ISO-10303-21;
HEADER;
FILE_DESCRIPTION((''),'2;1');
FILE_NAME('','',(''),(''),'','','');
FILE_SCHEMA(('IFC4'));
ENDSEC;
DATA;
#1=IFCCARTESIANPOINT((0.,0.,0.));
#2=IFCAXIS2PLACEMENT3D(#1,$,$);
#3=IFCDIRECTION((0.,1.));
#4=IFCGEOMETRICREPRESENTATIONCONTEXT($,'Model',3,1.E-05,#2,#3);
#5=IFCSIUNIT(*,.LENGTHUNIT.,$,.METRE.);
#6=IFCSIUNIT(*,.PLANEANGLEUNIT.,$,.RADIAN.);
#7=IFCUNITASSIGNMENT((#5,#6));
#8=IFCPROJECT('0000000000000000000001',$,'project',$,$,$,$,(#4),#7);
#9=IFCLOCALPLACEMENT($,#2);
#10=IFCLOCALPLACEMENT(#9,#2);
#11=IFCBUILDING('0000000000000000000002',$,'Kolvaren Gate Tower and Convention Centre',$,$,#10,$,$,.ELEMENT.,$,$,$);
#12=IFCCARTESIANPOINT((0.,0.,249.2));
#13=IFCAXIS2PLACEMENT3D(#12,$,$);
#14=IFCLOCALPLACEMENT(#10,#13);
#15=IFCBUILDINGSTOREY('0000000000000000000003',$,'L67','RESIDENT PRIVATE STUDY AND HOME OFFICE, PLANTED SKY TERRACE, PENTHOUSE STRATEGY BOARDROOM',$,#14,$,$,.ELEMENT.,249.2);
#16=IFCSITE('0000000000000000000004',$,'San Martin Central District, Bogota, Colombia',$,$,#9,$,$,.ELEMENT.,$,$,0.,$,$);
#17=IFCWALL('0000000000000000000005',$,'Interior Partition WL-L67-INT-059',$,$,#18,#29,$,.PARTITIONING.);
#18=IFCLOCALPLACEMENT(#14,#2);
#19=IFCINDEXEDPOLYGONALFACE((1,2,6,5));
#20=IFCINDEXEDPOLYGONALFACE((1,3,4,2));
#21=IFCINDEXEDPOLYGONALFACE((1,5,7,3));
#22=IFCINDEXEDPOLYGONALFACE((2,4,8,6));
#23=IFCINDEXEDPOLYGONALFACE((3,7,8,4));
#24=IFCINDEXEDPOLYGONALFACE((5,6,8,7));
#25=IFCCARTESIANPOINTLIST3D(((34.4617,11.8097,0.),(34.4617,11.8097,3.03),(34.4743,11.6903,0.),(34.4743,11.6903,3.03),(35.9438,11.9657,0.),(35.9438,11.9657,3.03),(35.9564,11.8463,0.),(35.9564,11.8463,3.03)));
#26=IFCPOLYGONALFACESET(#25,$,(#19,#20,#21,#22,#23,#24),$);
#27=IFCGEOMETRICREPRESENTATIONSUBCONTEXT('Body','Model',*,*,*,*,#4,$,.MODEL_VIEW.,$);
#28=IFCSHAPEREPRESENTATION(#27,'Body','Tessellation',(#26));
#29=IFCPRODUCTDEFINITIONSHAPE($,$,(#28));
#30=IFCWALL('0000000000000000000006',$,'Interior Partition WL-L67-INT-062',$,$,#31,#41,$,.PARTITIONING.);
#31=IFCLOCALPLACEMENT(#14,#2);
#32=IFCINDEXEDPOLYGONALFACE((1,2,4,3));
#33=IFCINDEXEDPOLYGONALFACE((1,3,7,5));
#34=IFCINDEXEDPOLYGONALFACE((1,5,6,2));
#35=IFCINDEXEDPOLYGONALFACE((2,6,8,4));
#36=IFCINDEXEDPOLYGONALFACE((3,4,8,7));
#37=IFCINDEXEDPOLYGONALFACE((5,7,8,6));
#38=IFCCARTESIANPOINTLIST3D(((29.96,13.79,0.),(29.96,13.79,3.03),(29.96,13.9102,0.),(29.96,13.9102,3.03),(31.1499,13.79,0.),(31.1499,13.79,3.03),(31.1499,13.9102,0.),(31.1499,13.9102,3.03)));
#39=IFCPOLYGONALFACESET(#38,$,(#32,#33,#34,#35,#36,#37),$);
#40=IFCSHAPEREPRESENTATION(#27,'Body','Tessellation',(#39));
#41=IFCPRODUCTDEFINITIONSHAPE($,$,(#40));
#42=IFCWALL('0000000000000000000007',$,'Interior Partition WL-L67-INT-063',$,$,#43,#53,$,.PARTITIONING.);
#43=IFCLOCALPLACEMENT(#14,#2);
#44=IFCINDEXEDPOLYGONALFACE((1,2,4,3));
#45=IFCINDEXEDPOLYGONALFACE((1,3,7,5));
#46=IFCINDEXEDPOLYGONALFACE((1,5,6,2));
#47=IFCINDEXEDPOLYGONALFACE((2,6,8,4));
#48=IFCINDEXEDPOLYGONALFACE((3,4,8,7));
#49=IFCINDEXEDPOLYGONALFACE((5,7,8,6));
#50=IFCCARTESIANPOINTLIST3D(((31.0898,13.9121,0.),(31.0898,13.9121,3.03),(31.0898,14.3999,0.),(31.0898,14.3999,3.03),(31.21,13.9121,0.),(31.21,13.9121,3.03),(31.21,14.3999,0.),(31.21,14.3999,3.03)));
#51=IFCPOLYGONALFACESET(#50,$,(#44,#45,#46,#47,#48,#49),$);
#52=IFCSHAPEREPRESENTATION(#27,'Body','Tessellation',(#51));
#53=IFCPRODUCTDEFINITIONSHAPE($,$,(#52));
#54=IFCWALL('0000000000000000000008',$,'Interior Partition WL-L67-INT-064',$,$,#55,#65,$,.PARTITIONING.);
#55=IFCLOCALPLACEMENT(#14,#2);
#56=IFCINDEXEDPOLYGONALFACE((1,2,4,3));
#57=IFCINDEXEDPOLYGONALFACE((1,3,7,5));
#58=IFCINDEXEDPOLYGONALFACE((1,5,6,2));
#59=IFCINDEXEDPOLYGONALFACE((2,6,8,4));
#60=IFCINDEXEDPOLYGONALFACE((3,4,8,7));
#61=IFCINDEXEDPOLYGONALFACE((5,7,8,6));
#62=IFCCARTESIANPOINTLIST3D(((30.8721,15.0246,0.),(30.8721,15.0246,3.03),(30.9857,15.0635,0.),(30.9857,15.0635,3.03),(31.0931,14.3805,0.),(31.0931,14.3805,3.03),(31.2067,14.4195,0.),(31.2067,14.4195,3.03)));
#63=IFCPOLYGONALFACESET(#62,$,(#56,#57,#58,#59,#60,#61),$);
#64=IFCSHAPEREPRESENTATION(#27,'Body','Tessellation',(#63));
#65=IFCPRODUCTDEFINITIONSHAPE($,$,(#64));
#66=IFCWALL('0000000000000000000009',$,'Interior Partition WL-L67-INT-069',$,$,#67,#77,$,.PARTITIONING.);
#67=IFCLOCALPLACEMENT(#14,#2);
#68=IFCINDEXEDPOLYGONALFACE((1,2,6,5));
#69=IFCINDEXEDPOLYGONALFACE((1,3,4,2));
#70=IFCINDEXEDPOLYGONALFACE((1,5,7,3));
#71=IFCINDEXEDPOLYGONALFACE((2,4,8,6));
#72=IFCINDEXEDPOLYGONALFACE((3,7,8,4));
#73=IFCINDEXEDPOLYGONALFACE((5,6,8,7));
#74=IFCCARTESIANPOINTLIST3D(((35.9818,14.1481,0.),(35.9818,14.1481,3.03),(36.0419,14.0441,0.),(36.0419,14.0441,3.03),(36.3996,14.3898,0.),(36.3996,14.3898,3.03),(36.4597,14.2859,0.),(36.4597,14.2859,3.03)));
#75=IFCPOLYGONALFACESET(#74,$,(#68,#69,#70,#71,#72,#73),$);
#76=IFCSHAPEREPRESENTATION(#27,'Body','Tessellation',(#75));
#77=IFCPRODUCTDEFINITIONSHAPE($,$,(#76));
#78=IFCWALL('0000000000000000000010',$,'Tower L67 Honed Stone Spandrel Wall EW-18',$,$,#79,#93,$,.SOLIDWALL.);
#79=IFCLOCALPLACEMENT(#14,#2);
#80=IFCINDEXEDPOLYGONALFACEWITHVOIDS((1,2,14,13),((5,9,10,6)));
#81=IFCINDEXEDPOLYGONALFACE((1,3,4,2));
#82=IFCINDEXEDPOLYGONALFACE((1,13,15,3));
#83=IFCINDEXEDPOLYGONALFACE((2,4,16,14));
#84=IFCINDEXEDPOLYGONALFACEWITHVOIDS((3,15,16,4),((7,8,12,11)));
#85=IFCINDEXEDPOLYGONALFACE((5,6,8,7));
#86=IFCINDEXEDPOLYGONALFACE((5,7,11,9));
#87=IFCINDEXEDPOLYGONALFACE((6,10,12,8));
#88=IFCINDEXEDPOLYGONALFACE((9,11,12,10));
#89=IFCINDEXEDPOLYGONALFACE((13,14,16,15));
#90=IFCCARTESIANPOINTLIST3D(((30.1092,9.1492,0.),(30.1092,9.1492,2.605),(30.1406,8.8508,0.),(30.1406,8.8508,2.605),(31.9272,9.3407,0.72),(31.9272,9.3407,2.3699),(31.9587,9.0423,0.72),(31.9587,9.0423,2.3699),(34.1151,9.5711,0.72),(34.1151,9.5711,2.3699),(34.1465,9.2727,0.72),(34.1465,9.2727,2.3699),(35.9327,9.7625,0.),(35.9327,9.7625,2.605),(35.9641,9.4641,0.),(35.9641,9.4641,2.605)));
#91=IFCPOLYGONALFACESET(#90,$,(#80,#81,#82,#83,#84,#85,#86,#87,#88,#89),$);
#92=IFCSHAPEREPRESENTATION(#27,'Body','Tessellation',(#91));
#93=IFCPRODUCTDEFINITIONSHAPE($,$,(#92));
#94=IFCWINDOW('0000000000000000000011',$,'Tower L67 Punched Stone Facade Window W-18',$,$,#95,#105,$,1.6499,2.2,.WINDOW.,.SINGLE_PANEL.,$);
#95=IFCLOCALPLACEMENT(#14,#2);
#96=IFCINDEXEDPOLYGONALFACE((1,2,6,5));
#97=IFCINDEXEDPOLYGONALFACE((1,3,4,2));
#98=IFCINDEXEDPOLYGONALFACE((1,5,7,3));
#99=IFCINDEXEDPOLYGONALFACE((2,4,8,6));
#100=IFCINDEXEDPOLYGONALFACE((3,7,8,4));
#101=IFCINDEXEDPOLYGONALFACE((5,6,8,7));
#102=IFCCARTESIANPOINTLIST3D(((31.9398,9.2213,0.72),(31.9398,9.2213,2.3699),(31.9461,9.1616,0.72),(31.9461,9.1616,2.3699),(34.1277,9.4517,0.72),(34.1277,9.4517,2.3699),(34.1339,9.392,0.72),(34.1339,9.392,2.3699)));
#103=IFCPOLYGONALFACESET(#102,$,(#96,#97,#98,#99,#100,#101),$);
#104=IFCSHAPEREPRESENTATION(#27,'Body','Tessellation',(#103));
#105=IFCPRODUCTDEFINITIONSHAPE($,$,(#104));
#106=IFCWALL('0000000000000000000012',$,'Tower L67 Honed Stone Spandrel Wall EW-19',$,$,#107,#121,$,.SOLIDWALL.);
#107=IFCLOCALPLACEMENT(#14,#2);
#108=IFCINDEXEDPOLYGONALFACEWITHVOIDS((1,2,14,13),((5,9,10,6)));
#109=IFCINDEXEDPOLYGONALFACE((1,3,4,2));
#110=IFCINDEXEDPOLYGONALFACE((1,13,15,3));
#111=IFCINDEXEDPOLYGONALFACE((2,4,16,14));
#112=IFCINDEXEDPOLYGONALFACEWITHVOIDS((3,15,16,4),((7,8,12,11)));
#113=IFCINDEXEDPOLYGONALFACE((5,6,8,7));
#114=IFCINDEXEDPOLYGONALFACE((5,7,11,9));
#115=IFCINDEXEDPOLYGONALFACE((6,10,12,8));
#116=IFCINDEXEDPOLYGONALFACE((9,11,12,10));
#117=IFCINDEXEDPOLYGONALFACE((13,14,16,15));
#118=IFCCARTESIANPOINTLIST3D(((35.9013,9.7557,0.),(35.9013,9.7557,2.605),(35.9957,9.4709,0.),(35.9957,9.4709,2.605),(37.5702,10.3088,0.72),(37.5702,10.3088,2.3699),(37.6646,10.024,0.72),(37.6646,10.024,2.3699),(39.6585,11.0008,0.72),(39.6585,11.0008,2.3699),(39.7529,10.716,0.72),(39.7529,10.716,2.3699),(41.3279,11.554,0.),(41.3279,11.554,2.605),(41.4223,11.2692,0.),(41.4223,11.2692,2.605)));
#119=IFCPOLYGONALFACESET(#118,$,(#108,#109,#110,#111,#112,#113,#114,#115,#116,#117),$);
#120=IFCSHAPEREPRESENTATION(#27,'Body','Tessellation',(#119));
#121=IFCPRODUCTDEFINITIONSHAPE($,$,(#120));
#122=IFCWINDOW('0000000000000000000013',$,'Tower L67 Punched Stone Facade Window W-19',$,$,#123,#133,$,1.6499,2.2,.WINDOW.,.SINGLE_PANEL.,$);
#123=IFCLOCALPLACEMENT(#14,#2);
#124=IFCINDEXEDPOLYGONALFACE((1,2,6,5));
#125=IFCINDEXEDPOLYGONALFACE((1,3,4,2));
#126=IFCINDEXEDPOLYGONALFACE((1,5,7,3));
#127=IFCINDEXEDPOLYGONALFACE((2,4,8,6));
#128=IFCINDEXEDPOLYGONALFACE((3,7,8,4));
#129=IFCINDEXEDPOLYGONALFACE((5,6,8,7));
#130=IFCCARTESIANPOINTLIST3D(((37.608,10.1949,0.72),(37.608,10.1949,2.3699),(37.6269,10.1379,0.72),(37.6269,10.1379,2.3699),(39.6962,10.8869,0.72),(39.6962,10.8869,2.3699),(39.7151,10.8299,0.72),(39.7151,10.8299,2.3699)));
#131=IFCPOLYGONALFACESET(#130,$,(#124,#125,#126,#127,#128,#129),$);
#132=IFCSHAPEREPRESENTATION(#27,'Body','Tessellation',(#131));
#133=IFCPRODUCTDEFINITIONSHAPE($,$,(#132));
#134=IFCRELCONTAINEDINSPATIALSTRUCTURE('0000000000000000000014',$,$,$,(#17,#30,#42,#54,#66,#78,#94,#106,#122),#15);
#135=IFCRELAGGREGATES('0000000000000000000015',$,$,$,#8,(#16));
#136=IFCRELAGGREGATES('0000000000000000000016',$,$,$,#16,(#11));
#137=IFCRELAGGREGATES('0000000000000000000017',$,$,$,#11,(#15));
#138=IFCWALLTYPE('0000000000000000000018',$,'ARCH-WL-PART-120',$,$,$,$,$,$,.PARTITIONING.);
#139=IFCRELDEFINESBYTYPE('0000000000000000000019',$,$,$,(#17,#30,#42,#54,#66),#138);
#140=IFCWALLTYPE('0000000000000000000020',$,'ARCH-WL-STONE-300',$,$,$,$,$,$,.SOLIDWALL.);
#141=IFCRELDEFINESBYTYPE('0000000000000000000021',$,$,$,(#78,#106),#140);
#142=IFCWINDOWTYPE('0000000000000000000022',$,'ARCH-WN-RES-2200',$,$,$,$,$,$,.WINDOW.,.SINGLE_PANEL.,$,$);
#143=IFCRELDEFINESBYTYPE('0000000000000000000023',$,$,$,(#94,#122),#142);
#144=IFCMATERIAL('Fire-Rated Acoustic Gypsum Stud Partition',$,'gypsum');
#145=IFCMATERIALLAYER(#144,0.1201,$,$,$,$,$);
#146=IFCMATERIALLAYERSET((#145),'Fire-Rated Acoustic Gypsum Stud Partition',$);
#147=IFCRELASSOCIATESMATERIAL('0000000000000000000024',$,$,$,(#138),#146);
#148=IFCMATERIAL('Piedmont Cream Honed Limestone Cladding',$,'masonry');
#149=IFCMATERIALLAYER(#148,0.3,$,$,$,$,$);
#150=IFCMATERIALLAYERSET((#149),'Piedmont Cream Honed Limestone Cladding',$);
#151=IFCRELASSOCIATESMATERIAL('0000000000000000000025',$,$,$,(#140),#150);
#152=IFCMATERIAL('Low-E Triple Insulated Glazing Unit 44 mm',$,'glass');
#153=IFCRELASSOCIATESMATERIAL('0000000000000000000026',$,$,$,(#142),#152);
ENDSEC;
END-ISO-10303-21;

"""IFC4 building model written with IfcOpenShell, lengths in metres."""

from ifc_helpers import new_model, si_unit, direction, frame, frame_2d, origin, place, context, subcontext, project, spatial, rectangle, extrude, material, layer, layer_set, type_object, element, fill, save


model = new_model("IFC4")

# Units and contexts
model_context = context("Model", 3, precision=1e-05, world=origin(), true_north=direction((0.0, 1.0)))
body_context = subcontext(model_context, "Body", "Model", "MODEL_VIEW")
ifc_project = project(units=[si_unit("LENGTHUNIT", "METRE"), si_unit("PLANEANGLEUNIT", "RADIAN")], contexts=[model_context])

# Site, building, storey
site_placement = place(None, origin())
site = spatial("IfcSite", under=ifc_project, at=site_placement, Name="San Martin Central District, Bogota, Colombia", CompositionType="ELEMENT", RefElevation=0.0)
building_placement = place(site_placement, origin())
building = spatial("IfcBuilding", under=site, at=building_placement, Name="Kolvaren Gate Tower and Convention Centre", CompositionType="ELEMENT")
storey_placement = place(building_placement, frame((0.0, 0.0, 249.2)))
storey = spatial("IfcBuildingStorey", under=building, at=storey_placement, Name="L67", Description="RESIDENT PRIVATE STUDY AND HOME OFFICE, PLANTED SKY TERRACE, PENTHOUSE STRATEGY BOARDROOM", CompositionType="ELEMENT", Elevation=249.2)

# Walls
ifc_material_1 = material(Name="Fire-Rated Acoustic Gypsum Stud Partition", Category="gypsum")
ifc_layer_1 = layer(ifc_material_1, 0.1201)
ifc_layer_set_1 = layer_set([ifc_layer_1], Name="Fire-Rated Acoustic Gypsum Stud Partition")
wall_type_1 = type_object("IfcWallType", Name="ARCH-WL-PART-120", PredefinedType="PARTITIONING", material=ifc_layer_set_1)
wall_1_placement = place(storey_placement, frame((34.468, 11.75, 0.0), z_axis=(0.0, 0.0, 1.0), x_axis=(0.994505, 0.104693, 0.0)))
element("IfcWall", 1, at=wall_1_placement, inside=storey, type_object=wall_type_1, Name="Interior Partition WL-L67-INT-059", PredefinedType="PARTITIONING", context=body_context, shape_type="SweptSolid", body=[
    extrude(rectangle(XDim=1.4902, YDim=0.1201, at=frame_2d((0.7451, 0.0))), origin(), (0.0, 0.0, 1.0), 3.03),
])
wall_2_placement = place(storey_placement, frame((29.96, 13.8501, 0.0), z_axis=(0.0, 0.0, 1.0), x_axis=(1.0, 0.0, 0.0)))
element("IfcWall", 2, at=wall_2_placement, inside=storey, type_object=wall_type_1, Name="Interior Partition WL-L67-INT-062", PredefinedType="PARTITIONING", context=body_context, shape_type="SweptSolid", body=[
    extrude(rectangle(XDim=1.1899, YDim=0.1201, at=frame_2d((0.595, 0.0))), origin(), (0.0, 0.0, 1.0), 3.03),
])
wall_3_placement = place(storey_placement, frame((31.1499, 13.9121, 0.0), z_axis=(0.0, 0.0, 1.0), x_axis=(0.0, 1.0, 0.0)))
element("IfcWall", 3, at=wall_3_placement, inside=storey, type_object=wall_type_1, Name="Interior Partition WL-L67-INT-063", PredefinedType="PARTITIONING", context=body_context, shape_type="SweptSolid", body=[
    extrude(rectangle(XDim=0.4878, YDim=0.1201, at=frame_2d((0.2439, 0.0))), origin(), (0.0, 0.0, 1.0), 3.03),
])
wall_4_placement = place(storey_placement, frame((30.929, 15.0439, 0.0), z_axis=(0.0, 0.0, 1.0), x_axis=(0.324498, -0.945886, 0.0)))
element("IfcWall", 4, at=wall_4_placement, inside=storey, type_object=wall_type_1, Name="Interior Partition WL-L67-INT-064", PredefinedType="PARTITIONING", context=body_context, shape_type="SweptSolid", body=[
    extrude(rectangle(XDim=0.6809, YDim=0.1201, at=frame_2d((0.3403, 0.0))), origin(), (0.0, 0.0, 1.0), 3.03),
])
wall_5_placement = place(storey_placement, frame((36.012, 14.0962, 0.0), z_axis=(0.0, 0.0, 1.0), x_axis=(0.865553, 0.500817, 0.0)))
element("IfcWall", 5, at=wall_5_placement, inside=storey, type_object=wall_type_1, Name="Interior Partition WL-L67-INT-069", PredefinedType="PARTITIONING", context=body_context, shape_type="SweptSolid", body=[
    extrude(rectangle(XDim=0.4827, YDim=0.1201, at=frame_2d((0.2412, 0.0))), origin(), (0.0, 0.0, 1.0), 3.03),
])

# Walls, openings, windows
ifc_material_2 = material(Name="Piedmont Cream Honed Limestone Cladding", Category="masonry")
ifc_layer_2 = layer(ifc_material_2, 0.3)
ifc_layer_set_2 = layer_set([ifc_layer_2], Name="Piedmont Cream Honed Limestone Cladding")
wall_type_2 = type_object("IfcWallType", Name="ARCH-WL-STONE-300", PredefinedType="SOLIDWALL", material=ifc_layer_set_2)
wall_6_placement = place(storey_placement, frame((30.125, 9.0, 0.0), z_axis=(0.0, 0.0, 1.0), x_axis=(0.9945, 0.104733, 0.0)))
wall_6 = element("IfcWall", 6, at=wall_6_placement, inside=storey, type_object=wall_type_2, Name="Tower L67 Honed Stone Spandrel Wall EW-18", PredefinedType="SOLIDWALL", context=body_context, shape_type="SweptSolid", body=[
    extrude(rectangle(XDim=5.8557, YDim=0.3, at=frame_2d((2.9277, 0.0))), origin(), (0.0, 0.0, 1.0), 2.605),
])
opening_1_placement = place(wall_6_placement, frame((1.8279, 0.0, 0.72)))
opening_1 = element("IfcOpeningElement", 7, at=opening_1_placement, cuts=wall_6, PredefinedType="OPENING", context=body_context, shape_type="SweptSolid", body=[
    extrude(rectangle(XDim=2.2, YDim=1.6499, at=frame_2d((1.1001, 0.825))), frame((0.0, 0.1599, 0.0), z_axis=(0.0, -1.0, 0.0), x_axis=(1.0, 0.0, 0.0)), (0.0, 0.0, 1.0), 0.3201),
])
ifc_material_3 = material(Name="Low-E Triple Insulated Glazing Unit 44 mm", Category="glass")
window_type = type_object("IfcWindowType", Name="ARCH-WN-RES-2200", PartitioningType="SINGLE_PANEL", PredefinedType="WINDOW", material=ifc_material_3)
window_1_placement = place(opening_1_placement, origin())
window_1 = element("IfcWindow", 8, at=window_1_placement, inside=storey, type_object=window_type, Name="Tower L67 Punched Stone Facade Window W-18", OverallHeight=1.6499, OverallWidth=2.2, PartitioningType="SINGLE_PANEL", PredefinedType="WINDOW", context=body_context, shape_type="SweptSolid", body=[
    extrude(rectangle(XDim=2.2, YDim=1.6499, at=frame_2d((1.1001, 0.825))), frame((0.0, 0.03, 0.0), z_axis=(0.0, -1.0, 0.0), x_axis=(1.0, 0.0, 0.0)), (0.0, 0.0, 1.0), 0.0601),
])
fill(opening_1, window_1)
wall_7_placement = place(storey_placement, frame((35.9485, 9.6133, 0.0), z_axis=(0.0, 0.0, 1.0), x_axis=(0.949233, 0.314575, 0.0)))
wall_7 = element("IfcWall", 9, at=wall_7_placement, inside=storey, type_object=wall_type_2, Name="Tower L67 Honed Stone Spandrel Wall EW-19", PredefinedType="SOLIDWALL", context=body_context, shape_type="SweptSolid", body=[
    extrude(rectangle(XDim=5.7168, YDim=0.3, at=frame_2d((2.8584, 0.0))), origin(), (0.0, 0.0, 1.0), 2.605),
])
opening_2_placement = place(wall_7_placement, frame((1.7581, 0.0, 0.72)))
opening_2 = element("IfcOpeningElement", 10, at=opening_2_placement, cuts=wall_7, PredefinedType="OPENING", context=body_context, shape_type="SweptSolid", body=[
    extrude(rectangle(XDim=2.2, YDim=1.6499, at=frame_2d((1.1001, 0.825))), frame((0.0, 0.1599, 0.0), z_axis=(0.0, -1.0, 0.0), x_axis=(1.0, 0.0, 0.0)), (0.0, 0.0, 1.0), 0.3201),
])
window_2_placement = place(opening_2_placement, origin())
window_2 = element("IfcWindow", 11, at=window_2_placement, inside=storey, type_object=window_type, Name="Tower L67 Punched Stone Facade Window W-19", OverallHeight=1.6499, OverallWidth=2.2, PartitioningType="SINGLE_PANEL", PredefinedType="WINDOW", context=body_context, shape_type="SweptSolid", body=[
    extrude(rectangle(XDim=2.2, YDim=1.6499, at=frame_2d((1.1001, 0.825))), frame((0.0, 0.03, 0.0), z_axis=(0.0, -1.0, 0.0), x_axis=(1.0, 0.0, 0.0)), (0.0, 0.0, 1.0), 0.0601),
])
fill(opening_2, window_2)

save(model, "model.ifc")
